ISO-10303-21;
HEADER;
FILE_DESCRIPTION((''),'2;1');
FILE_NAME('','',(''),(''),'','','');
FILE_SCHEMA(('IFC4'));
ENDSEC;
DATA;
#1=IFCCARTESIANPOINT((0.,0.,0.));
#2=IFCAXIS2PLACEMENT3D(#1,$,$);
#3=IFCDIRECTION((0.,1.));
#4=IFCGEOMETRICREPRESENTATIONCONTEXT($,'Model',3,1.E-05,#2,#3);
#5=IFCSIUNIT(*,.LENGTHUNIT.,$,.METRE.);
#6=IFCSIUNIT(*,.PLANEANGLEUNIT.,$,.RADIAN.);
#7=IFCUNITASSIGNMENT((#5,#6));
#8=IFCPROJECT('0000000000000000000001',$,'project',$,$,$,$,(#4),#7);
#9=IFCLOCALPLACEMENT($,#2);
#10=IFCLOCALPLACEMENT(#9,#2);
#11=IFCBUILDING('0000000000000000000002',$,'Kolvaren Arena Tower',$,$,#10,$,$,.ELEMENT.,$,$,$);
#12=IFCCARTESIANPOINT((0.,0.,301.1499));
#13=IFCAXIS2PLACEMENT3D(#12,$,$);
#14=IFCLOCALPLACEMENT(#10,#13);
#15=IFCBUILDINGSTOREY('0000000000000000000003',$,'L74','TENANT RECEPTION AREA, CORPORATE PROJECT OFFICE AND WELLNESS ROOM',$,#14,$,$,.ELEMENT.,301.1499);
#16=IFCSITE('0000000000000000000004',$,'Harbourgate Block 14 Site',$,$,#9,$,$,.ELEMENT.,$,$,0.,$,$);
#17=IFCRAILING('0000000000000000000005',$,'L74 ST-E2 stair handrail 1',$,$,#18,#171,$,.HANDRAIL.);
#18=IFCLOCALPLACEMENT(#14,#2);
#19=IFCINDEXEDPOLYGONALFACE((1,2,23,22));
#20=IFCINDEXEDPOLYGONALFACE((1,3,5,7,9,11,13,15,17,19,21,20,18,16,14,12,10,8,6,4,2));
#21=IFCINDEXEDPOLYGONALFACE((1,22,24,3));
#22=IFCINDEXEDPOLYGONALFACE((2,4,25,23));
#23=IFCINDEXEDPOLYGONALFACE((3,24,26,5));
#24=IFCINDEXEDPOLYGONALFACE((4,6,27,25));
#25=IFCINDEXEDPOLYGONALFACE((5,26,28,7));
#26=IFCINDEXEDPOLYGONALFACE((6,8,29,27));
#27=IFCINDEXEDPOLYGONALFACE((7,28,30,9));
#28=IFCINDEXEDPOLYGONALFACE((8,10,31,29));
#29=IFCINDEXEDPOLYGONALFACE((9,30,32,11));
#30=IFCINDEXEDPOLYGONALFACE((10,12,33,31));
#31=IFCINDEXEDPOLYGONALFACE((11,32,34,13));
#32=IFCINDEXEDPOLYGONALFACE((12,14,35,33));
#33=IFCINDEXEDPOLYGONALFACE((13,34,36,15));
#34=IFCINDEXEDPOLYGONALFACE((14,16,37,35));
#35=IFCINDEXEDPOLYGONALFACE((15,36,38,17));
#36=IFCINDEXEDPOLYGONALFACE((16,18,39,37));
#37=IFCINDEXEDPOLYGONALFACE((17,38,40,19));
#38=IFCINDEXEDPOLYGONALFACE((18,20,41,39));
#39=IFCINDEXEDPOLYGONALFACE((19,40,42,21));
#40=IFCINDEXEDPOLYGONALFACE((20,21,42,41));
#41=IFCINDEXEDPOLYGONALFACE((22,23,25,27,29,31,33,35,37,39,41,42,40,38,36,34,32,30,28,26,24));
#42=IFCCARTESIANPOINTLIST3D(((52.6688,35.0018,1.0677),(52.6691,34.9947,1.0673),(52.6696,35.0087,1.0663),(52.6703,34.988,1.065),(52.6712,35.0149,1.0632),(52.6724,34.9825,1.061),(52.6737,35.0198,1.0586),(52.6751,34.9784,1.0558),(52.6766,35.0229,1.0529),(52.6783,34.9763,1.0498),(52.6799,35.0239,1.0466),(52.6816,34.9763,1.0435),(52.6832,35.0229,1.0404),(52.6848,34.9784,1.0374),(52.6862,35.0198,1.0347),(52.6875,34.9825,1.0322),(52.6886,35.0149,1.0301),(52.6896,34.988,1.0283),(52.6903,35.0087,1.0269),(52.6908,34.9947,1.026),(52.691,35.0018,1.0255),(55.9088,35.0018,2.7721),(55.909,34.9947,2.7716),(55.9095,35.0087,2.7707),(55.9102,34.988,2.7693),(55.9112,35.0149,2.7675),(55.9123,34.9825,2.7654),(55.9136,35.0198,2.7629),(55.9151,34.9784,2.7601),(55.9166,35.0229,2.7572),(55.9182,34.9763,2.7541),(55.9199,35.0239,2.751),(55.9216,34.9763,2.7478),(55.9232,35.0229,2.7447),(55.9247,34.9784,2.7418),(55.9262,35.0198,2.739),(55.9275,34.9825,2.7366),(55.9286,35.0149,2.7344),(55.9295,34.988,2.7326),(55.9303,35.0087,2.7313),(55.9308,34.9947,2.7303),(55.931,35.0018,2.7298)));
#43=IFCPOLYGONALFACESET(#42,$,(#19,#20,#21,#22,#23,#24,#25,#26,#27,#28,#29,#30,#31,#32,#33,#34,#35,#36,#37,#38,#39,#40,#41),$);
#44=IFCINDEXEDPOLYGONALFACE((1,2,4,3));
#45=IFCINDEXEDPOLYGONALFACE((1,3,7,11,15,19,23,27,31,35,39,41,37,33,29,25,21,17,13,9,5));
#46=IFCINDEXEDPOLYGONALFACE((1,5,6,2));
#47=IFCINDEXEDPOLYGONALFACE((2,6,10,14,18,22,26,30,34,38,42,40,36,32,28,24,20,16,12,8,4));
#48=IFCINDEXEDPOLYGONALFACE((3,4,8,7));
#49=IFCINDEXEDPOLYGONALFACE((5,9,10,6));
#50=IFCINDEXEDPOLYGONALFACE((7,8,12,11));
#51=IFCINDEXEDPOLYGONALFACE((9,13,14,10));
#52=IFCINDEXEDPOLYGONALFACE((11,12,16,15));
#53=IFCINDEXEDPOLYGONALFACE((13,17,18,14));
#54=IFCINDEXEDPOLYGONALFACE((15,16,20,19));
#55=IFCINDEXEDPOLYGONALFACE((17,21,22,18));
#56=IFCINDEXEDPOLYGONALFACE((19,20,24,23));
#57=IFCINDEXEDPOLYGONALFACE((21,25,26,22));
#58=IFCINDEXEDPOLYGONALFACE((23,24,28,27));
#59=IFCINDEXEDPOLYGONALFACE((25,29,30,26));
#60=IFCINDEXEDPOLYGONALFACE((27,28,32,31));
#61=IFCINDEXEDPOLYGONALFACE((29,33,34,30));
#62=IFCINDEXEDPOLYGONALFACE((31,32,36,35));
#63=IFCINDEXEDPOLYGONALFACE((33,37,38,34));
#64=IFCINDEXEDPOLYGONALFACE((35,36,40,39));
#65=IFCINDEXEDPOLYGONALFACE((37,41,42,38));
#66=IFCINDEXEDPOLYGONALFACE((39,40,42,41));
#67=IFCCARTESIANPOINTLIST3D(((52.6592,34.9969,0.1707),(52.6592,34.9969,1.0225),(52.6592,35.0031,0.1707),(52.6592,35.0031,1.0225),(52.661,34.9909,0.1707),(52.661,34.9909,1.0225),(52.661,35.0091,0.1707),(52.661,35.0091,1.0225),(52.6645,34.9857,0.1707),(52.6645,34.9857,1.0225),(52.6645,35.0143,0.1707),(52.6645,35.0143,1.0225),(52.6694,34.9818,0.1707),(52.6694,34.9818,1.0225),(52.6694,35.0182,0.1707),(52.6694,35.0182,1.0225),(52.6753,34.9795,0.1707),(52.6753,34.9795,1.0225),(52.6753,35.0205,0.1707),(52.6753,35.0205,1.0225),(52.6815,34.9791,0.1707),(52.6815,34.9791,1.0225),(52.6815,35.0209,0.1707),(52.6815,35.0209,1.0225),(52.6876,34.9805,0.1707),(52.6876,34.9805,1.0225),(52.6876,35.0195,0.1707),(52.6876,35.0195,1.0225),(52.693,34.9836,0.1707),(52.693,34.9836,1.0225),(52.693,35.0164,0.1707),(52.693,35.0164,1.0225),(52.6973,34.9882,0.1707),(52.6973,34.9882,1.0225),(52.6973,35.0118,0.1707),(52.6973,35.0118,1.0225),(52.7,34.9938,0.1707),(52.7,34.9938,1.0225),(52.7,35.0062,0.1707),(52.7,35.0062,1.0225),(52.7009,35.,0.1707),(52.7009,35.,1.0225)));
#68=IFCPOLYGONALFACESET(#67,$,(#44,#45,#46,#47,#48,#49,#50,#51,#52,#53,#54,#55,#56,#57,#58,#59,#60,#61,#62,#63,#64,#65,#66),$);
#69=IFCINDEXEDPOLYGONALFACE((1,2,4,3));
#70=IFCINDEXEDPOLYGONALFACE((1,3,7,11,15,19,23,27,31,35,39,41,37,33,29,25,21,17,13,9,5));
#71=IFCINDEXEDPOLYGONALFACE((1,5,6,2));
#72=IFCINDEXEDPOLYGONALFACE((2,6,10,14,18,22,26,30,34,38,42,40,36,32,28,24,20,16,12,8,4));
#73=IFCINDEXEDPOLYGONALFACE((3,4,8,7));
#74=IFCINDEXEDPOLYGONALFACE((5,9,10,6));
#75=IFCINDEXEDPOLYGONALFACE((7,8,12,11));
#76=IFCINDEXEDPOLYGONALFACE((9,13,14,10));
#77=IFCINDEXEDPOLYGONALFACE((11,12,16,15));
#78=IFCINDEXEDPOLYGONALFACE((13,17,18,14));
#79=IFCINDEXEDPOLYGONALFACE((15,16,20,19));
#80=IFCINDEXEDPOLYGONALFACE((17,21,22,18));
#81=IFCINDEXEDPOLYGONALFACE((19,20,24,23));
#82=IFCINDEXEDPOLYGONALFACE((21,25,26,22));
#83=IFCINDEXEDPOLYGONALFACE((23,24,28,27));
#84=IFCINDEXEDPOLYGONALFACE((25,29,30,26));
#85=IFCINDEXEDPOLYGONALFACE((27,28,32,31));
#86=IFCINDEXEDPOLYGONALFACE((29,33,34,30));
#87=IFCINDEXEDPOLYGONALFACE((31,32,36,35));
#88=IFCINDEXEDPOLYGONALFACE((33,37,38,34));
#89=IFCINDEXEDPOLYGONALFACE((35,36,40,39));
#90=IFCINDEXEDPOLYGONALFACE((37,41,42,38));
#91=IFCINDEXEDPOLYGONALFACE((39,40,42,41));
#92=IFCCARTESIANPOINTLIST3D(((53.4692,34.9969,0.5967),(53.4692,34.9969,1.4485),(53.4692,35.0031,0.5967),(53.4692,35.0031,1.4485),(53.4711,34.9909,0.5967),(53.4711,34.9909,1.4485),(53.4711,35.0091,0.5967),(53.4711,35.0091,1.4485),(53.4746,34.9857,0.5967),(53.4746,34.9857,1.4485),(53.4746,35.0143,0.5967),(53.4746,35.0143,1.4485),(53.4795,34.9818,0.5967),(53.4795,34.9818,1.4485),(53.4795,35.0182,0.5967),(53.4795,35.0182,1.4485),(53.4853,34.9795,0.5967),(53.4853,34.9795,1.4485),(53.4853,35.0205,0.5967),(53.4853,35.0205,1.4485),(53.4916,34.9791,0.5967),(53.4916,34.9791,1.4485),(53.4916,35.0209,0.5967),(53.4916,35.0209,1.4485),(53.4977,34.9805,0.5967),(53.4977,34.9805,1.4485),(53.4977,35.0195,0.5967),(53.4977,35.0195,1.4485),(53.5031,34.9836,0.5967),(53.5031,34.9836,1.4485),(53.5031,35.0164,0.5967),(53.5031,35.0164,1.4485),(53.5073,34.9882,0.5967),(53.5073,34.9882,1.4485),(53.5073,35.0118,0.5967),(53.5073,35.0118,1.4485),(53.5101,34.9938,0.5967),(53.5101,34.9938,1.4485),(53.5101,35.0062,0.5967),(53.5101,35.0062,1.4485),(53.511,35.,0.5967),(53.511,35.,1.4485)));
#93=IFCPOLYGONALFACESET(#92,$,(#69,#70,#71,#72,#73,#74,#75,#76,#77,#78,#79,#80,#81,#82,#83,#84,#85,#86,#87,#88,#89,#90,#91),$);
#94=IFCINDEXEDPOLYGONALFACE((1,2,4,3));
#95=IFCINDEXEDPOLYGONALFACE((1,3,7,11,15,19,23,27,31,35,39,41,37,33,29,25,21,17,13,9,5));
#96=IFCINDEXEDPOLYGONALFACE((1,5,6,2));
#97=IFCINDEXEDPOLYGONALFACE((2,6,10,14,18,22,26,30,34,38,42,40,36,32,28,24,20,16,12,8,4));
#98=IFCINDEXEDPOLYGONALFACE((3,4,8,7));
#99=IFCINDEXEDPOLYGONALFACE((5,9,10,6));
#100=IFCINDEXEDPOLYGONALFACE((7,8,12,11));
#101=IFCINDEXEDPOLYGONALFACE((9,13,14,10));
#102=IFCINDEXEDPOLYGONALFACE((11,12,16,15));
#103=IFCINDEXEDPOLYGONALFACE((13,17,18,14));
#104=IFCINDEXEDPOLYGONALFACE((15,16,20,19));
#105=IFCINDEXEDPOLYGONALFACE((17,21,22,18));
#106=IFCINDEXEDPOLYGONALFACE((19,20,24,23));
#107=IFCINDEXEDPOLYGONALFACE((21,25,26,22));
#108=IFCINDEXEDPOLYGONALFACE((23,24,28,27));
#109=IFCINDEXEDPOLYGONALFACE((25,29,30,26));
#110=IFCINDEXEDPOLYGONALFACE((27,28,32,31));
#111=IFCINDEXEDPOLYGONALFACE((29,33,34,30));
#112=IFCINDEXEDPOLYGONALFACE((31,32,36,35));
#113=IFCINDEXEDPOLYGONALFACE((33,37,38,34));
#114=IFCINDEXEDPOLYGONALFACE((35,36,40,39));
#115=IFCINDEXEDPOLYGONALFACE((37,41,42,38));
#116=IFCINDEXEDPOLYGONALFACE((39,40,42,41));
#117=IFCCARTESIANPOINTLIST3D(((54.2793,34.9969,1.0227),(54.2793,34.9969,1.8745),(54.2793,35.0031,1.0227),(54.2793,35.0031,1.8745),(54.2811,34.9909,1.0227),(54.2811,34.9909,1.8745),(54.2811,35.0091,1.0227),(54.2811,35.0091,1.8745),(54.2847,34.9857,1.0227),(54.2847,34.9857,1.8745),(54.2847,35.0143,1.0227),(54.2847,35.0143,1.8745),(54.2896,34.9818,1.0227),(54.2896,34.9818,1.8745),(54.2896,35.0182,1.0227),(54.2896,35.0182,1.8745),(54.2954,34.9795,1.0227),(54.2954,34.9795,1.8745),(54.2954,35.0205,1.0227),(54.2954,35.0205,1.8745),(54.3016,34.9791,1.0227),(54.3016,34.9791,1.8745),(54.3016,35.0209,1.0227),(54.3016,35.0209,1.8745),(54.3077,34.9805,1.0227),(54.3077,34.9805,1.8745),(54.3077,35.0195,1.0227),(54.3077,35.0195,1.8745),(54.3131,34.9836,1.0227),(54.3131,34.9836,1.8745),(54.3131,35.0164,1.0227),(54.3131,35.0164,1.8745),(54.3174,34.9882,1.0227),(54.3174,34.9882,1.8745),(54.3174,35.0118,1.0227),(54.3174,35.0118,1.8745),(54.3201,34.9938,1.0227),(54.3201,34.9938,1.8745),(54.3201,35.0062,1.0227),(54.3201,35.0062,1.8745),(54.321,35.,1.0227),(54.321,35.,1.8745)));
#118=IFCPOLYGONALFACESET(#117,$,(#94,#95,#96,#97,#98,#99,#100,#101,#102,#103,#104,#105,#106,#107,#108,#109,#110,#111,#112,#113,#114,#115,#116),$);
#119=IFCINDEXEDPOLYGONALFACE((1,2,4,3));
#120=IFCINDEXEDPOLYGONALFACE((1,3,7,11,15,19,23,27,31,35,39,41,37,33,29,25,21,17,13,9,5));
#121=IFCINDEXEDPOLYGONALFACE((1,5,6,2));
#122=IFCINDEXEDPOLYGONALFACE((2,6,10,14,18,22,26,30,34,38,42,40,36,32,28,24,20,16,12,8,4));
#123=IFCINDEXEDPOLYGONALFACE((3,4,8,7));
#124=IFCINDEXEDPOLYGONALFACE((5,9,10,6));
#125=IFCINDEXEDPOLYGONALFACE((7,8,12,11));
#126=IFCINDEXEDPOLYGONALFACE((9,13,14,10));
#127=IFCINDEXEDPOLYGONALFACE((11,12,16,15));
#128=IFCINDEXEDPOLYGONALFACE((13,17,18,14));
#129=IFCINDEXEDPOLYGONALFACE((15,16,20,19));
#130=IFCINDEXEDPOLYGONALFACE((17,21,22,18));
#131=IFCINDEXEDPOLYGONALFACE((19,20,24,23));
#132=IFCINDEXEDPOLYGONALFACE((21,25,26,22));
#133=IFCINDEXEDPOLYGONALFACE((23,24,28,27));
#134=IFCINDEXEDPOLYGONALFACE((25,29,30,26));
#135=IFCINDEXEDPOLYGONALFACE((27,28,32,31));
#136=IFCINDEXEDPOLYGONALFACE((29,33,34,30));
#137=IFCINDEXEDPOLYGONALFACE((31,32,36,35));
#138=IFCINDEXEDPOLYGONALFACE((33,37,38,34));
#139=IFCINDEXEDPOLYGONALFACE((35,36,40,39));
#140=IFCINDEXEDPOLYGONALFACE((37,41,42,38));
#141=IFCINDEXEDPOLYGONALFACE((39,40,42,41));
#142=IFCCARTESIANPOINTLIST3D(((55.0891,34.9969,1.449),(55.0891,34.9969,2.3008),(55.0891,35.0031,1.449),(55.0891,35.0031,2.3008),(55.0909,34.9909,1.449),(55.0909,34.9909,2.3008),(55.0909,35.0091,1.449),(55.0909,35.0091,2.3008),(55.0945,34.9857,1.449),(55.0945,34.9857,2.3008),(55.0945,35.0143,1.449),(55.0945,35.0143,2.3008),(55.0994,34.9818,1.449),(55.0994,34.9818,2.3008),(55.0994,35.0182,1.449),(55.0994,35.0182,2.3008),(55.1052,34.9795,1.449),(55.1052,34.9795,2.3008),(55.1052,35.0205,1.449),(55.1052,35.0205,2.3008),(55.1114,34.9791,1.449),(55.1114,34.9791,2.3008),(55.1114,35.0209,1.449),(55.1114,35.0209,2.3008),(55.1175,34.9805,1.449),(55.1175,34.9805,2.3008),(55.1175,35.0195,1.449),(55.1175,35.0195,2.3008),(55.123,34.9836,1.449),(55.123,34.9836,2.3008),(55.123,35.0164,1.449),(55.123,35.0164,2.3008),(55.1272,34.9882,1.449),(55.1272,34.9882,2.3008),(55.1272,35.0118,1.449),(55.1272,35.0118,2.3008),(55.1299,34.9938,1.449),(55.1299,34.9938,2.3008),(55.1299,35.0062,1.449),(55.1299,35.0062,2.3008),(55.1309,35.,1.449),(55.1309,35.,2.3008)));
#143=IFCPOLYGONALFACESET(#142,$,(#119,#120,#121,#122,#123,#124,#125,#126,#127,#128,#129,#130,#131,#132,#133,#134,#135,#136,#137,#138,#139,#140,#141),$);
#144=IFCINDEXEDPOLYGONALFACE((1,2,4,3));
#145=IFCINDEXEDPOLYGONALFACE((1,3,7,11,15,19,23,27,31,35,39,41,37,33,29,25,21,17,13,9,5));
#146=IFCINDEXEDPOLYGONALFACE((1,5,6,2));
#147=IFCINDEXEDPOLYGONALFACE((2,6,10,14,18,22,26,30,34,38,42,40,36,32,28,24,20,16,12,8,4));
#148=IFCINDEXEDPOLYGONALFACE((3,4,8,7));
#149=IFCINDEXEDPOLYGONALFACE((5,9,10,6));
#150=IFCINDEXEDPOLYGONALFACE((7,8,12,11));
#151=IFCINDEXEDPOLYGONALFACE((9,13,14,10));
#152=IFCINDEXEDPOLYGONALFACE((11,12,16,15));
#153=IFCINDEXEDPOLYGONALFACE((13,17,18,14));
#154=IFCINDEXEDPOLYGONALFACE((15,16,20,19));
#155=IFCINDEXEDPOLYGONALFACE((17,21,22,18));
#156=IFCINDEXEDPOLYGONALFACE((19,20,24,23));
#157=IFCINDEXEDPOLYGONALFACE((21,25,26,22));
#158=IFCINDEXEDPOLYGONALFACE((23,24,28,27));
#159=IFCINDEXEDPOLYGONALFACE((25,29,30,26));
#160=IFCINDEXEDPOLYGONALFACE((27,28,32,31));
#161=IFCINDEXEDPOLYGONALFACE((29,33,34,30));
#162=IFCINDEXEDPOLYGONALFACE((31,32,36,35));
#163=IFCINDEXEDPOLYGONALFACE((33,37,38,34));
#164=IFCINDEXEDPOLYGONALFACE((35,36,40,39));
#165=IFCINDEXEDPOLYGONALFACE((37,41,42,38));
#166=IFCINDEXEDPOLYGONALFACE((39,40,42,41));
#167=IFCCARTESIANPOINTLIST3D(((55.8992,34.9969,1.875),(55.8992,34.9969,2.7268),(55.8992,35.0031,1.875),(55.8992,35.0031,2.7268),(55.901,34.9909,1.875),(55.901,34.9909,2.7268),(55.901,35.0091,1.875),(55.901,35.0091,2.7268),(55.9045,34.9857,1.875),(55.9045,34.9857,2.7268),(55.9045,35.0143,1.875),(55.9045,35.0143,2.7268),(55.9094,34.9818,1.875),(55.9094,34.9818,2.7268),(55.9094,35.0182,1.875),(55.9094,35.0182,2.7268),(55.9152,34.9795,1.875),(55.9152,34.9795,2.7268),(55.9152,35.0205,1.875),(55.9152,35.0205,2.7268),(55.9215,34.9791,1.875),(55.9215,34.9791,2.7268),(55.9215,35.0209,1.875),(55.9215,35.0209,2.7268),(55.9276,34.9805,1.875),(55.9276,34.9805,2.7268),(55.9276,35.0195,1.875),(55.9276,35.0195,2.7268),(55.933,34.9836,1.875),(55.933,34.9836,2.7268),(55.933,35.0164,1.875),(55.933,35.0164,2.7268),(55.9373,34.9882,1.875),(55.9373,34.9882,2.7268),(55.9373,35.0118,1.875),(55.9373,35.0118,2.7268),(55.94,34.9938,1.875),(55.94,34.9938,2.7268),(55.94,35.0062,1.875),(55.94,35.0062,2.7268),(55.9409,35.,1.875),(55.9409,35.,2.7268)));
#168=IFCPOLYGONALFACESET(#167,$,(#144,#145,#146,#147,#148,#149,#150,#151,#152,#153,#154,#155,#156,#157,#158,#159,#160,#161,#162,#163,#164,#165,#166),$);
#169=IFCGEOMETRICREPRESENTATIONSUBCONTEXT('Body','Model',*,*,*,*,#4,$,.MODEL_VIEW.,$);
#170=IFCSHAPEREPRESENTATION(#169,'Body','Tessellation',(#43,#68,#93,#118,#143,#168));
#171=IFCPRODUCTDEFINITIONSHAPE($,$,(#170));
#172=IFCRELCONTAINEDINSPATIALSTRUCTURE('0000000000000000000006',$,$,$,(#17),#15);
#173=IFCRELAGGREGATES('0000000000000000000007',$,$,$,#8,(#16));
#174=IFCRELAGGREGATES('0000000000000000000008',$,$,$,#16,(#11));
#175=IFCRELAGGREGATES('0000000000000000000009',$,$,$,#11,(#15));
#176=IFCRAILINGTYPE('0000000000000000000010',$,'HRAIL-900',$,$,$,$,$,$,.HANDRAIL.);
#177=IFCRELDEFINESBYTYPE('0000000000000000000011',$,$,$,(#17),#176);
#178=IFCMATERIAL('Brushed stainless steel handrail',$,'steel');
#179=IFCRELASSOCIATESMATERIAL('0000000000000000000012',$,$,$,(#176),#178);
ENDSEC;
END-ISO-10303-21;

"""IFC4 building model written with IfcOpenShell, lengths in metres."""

from ifc_helpers import new_model, si_unit, direction, frame, origin, origin_2d, place, context, subcontext, project, spatial, circle, extrude, material, type_object, element, save


model = new_model("IFC4")

# Units and contexts
model_context = context("Model", 3, precision=1e-05, world=origin(), true_north=direction((0.0, 1.0)))
body_context = subcontext(model_context, "Body", "Model", "MODEL_VIEW")
ifc_project = project(units=[si_unit("LENGTHUNIT", "METRE"), si_unit("PLANEANGLEUNIT", "RADIAN")], contexts=[model_context])

# Site, building, storey
site_placement = place(None, origin())
site = spatial("IfcSite", under=ifc_project, at=site_placement, Name="Harbourgate Block 14 Site", CompositionType="ELEMENT", RefElevation=0.0)
building_placement = place(site_placement, origin())
building = spatial("IfcBuilding", under=site, at=building_placement, Name="Kolvaren Arena Tower", CompositionType="ELEMENT")
storey_placement = place(building_placement, frame((0.0, 0.0, 301.1499)))
storey = spatial("IfcBuildingStorey", under=building, at=storey_placement, Name="L74", Description="TENANT RECEPTION AREA, CORPORATE PROJECT OFFICE AND WELLNESS ROOM", CompositionType="ELEMENT", Elevation=301.1499)

# Railing
ifc_material_1 = material(Name="Brushed stainless steel handrail", Category="steel")
railing_type_1 = type_object("IfcRailingType", Name="HRAIL-900", PredefinedType="HANDRAIL", material=ifc_material_1)
railing_placement = place(storey_placement, frame((52.6799, 35.0, 0.1707)))
element("IfcRailing", 1, at=railing_placement, inside=storey, type_object=railing_type_1, Name="L74 ST-E2 stair handrail 1", PredefinedType="HANDRAIL", context=body_context, shape_type="SweptSolid", body=[
    extrude(circle(Radius=0.0239, at=origin_2d()), frame((0.0, 0.0, 0.876), z_axis=(0.885021, 0.0, 0.465551), x_axis=(0.0, 1.0, 0.0)), (0.0, 0.0, 1.0), 3.6609),
    extrude(circle(Radius=0.021, at=origin_2d()), origin(), (0.0, 0.0, 1.0), 0.8518),
    extrude(circle(Radius=0.021, at=origin_2d()), frame((0.8101, 0.0, 0.426)), (0.0, 0.0, 1.0), 0.8518),
    extrude(circle(Radius=0.021, at=origin_2d()), frame((1.6201, 0.0, 0.8521)), (0.0, 0.0, 1.0), 0.8518),
    extrude(circle(Radius=0.021, at=origin_2d()), frame((2.4299, 0.0, 1.2783)), (0.0, 0.0, 1.0), 0.8518),
    extrude(circle(Radius=0.021, at=origin_2d()), frame((3.24, 0.0, 1.7043)), (0.0, 0.0, 1.0), 0.8518),
])

save(model, "model.ifc")
